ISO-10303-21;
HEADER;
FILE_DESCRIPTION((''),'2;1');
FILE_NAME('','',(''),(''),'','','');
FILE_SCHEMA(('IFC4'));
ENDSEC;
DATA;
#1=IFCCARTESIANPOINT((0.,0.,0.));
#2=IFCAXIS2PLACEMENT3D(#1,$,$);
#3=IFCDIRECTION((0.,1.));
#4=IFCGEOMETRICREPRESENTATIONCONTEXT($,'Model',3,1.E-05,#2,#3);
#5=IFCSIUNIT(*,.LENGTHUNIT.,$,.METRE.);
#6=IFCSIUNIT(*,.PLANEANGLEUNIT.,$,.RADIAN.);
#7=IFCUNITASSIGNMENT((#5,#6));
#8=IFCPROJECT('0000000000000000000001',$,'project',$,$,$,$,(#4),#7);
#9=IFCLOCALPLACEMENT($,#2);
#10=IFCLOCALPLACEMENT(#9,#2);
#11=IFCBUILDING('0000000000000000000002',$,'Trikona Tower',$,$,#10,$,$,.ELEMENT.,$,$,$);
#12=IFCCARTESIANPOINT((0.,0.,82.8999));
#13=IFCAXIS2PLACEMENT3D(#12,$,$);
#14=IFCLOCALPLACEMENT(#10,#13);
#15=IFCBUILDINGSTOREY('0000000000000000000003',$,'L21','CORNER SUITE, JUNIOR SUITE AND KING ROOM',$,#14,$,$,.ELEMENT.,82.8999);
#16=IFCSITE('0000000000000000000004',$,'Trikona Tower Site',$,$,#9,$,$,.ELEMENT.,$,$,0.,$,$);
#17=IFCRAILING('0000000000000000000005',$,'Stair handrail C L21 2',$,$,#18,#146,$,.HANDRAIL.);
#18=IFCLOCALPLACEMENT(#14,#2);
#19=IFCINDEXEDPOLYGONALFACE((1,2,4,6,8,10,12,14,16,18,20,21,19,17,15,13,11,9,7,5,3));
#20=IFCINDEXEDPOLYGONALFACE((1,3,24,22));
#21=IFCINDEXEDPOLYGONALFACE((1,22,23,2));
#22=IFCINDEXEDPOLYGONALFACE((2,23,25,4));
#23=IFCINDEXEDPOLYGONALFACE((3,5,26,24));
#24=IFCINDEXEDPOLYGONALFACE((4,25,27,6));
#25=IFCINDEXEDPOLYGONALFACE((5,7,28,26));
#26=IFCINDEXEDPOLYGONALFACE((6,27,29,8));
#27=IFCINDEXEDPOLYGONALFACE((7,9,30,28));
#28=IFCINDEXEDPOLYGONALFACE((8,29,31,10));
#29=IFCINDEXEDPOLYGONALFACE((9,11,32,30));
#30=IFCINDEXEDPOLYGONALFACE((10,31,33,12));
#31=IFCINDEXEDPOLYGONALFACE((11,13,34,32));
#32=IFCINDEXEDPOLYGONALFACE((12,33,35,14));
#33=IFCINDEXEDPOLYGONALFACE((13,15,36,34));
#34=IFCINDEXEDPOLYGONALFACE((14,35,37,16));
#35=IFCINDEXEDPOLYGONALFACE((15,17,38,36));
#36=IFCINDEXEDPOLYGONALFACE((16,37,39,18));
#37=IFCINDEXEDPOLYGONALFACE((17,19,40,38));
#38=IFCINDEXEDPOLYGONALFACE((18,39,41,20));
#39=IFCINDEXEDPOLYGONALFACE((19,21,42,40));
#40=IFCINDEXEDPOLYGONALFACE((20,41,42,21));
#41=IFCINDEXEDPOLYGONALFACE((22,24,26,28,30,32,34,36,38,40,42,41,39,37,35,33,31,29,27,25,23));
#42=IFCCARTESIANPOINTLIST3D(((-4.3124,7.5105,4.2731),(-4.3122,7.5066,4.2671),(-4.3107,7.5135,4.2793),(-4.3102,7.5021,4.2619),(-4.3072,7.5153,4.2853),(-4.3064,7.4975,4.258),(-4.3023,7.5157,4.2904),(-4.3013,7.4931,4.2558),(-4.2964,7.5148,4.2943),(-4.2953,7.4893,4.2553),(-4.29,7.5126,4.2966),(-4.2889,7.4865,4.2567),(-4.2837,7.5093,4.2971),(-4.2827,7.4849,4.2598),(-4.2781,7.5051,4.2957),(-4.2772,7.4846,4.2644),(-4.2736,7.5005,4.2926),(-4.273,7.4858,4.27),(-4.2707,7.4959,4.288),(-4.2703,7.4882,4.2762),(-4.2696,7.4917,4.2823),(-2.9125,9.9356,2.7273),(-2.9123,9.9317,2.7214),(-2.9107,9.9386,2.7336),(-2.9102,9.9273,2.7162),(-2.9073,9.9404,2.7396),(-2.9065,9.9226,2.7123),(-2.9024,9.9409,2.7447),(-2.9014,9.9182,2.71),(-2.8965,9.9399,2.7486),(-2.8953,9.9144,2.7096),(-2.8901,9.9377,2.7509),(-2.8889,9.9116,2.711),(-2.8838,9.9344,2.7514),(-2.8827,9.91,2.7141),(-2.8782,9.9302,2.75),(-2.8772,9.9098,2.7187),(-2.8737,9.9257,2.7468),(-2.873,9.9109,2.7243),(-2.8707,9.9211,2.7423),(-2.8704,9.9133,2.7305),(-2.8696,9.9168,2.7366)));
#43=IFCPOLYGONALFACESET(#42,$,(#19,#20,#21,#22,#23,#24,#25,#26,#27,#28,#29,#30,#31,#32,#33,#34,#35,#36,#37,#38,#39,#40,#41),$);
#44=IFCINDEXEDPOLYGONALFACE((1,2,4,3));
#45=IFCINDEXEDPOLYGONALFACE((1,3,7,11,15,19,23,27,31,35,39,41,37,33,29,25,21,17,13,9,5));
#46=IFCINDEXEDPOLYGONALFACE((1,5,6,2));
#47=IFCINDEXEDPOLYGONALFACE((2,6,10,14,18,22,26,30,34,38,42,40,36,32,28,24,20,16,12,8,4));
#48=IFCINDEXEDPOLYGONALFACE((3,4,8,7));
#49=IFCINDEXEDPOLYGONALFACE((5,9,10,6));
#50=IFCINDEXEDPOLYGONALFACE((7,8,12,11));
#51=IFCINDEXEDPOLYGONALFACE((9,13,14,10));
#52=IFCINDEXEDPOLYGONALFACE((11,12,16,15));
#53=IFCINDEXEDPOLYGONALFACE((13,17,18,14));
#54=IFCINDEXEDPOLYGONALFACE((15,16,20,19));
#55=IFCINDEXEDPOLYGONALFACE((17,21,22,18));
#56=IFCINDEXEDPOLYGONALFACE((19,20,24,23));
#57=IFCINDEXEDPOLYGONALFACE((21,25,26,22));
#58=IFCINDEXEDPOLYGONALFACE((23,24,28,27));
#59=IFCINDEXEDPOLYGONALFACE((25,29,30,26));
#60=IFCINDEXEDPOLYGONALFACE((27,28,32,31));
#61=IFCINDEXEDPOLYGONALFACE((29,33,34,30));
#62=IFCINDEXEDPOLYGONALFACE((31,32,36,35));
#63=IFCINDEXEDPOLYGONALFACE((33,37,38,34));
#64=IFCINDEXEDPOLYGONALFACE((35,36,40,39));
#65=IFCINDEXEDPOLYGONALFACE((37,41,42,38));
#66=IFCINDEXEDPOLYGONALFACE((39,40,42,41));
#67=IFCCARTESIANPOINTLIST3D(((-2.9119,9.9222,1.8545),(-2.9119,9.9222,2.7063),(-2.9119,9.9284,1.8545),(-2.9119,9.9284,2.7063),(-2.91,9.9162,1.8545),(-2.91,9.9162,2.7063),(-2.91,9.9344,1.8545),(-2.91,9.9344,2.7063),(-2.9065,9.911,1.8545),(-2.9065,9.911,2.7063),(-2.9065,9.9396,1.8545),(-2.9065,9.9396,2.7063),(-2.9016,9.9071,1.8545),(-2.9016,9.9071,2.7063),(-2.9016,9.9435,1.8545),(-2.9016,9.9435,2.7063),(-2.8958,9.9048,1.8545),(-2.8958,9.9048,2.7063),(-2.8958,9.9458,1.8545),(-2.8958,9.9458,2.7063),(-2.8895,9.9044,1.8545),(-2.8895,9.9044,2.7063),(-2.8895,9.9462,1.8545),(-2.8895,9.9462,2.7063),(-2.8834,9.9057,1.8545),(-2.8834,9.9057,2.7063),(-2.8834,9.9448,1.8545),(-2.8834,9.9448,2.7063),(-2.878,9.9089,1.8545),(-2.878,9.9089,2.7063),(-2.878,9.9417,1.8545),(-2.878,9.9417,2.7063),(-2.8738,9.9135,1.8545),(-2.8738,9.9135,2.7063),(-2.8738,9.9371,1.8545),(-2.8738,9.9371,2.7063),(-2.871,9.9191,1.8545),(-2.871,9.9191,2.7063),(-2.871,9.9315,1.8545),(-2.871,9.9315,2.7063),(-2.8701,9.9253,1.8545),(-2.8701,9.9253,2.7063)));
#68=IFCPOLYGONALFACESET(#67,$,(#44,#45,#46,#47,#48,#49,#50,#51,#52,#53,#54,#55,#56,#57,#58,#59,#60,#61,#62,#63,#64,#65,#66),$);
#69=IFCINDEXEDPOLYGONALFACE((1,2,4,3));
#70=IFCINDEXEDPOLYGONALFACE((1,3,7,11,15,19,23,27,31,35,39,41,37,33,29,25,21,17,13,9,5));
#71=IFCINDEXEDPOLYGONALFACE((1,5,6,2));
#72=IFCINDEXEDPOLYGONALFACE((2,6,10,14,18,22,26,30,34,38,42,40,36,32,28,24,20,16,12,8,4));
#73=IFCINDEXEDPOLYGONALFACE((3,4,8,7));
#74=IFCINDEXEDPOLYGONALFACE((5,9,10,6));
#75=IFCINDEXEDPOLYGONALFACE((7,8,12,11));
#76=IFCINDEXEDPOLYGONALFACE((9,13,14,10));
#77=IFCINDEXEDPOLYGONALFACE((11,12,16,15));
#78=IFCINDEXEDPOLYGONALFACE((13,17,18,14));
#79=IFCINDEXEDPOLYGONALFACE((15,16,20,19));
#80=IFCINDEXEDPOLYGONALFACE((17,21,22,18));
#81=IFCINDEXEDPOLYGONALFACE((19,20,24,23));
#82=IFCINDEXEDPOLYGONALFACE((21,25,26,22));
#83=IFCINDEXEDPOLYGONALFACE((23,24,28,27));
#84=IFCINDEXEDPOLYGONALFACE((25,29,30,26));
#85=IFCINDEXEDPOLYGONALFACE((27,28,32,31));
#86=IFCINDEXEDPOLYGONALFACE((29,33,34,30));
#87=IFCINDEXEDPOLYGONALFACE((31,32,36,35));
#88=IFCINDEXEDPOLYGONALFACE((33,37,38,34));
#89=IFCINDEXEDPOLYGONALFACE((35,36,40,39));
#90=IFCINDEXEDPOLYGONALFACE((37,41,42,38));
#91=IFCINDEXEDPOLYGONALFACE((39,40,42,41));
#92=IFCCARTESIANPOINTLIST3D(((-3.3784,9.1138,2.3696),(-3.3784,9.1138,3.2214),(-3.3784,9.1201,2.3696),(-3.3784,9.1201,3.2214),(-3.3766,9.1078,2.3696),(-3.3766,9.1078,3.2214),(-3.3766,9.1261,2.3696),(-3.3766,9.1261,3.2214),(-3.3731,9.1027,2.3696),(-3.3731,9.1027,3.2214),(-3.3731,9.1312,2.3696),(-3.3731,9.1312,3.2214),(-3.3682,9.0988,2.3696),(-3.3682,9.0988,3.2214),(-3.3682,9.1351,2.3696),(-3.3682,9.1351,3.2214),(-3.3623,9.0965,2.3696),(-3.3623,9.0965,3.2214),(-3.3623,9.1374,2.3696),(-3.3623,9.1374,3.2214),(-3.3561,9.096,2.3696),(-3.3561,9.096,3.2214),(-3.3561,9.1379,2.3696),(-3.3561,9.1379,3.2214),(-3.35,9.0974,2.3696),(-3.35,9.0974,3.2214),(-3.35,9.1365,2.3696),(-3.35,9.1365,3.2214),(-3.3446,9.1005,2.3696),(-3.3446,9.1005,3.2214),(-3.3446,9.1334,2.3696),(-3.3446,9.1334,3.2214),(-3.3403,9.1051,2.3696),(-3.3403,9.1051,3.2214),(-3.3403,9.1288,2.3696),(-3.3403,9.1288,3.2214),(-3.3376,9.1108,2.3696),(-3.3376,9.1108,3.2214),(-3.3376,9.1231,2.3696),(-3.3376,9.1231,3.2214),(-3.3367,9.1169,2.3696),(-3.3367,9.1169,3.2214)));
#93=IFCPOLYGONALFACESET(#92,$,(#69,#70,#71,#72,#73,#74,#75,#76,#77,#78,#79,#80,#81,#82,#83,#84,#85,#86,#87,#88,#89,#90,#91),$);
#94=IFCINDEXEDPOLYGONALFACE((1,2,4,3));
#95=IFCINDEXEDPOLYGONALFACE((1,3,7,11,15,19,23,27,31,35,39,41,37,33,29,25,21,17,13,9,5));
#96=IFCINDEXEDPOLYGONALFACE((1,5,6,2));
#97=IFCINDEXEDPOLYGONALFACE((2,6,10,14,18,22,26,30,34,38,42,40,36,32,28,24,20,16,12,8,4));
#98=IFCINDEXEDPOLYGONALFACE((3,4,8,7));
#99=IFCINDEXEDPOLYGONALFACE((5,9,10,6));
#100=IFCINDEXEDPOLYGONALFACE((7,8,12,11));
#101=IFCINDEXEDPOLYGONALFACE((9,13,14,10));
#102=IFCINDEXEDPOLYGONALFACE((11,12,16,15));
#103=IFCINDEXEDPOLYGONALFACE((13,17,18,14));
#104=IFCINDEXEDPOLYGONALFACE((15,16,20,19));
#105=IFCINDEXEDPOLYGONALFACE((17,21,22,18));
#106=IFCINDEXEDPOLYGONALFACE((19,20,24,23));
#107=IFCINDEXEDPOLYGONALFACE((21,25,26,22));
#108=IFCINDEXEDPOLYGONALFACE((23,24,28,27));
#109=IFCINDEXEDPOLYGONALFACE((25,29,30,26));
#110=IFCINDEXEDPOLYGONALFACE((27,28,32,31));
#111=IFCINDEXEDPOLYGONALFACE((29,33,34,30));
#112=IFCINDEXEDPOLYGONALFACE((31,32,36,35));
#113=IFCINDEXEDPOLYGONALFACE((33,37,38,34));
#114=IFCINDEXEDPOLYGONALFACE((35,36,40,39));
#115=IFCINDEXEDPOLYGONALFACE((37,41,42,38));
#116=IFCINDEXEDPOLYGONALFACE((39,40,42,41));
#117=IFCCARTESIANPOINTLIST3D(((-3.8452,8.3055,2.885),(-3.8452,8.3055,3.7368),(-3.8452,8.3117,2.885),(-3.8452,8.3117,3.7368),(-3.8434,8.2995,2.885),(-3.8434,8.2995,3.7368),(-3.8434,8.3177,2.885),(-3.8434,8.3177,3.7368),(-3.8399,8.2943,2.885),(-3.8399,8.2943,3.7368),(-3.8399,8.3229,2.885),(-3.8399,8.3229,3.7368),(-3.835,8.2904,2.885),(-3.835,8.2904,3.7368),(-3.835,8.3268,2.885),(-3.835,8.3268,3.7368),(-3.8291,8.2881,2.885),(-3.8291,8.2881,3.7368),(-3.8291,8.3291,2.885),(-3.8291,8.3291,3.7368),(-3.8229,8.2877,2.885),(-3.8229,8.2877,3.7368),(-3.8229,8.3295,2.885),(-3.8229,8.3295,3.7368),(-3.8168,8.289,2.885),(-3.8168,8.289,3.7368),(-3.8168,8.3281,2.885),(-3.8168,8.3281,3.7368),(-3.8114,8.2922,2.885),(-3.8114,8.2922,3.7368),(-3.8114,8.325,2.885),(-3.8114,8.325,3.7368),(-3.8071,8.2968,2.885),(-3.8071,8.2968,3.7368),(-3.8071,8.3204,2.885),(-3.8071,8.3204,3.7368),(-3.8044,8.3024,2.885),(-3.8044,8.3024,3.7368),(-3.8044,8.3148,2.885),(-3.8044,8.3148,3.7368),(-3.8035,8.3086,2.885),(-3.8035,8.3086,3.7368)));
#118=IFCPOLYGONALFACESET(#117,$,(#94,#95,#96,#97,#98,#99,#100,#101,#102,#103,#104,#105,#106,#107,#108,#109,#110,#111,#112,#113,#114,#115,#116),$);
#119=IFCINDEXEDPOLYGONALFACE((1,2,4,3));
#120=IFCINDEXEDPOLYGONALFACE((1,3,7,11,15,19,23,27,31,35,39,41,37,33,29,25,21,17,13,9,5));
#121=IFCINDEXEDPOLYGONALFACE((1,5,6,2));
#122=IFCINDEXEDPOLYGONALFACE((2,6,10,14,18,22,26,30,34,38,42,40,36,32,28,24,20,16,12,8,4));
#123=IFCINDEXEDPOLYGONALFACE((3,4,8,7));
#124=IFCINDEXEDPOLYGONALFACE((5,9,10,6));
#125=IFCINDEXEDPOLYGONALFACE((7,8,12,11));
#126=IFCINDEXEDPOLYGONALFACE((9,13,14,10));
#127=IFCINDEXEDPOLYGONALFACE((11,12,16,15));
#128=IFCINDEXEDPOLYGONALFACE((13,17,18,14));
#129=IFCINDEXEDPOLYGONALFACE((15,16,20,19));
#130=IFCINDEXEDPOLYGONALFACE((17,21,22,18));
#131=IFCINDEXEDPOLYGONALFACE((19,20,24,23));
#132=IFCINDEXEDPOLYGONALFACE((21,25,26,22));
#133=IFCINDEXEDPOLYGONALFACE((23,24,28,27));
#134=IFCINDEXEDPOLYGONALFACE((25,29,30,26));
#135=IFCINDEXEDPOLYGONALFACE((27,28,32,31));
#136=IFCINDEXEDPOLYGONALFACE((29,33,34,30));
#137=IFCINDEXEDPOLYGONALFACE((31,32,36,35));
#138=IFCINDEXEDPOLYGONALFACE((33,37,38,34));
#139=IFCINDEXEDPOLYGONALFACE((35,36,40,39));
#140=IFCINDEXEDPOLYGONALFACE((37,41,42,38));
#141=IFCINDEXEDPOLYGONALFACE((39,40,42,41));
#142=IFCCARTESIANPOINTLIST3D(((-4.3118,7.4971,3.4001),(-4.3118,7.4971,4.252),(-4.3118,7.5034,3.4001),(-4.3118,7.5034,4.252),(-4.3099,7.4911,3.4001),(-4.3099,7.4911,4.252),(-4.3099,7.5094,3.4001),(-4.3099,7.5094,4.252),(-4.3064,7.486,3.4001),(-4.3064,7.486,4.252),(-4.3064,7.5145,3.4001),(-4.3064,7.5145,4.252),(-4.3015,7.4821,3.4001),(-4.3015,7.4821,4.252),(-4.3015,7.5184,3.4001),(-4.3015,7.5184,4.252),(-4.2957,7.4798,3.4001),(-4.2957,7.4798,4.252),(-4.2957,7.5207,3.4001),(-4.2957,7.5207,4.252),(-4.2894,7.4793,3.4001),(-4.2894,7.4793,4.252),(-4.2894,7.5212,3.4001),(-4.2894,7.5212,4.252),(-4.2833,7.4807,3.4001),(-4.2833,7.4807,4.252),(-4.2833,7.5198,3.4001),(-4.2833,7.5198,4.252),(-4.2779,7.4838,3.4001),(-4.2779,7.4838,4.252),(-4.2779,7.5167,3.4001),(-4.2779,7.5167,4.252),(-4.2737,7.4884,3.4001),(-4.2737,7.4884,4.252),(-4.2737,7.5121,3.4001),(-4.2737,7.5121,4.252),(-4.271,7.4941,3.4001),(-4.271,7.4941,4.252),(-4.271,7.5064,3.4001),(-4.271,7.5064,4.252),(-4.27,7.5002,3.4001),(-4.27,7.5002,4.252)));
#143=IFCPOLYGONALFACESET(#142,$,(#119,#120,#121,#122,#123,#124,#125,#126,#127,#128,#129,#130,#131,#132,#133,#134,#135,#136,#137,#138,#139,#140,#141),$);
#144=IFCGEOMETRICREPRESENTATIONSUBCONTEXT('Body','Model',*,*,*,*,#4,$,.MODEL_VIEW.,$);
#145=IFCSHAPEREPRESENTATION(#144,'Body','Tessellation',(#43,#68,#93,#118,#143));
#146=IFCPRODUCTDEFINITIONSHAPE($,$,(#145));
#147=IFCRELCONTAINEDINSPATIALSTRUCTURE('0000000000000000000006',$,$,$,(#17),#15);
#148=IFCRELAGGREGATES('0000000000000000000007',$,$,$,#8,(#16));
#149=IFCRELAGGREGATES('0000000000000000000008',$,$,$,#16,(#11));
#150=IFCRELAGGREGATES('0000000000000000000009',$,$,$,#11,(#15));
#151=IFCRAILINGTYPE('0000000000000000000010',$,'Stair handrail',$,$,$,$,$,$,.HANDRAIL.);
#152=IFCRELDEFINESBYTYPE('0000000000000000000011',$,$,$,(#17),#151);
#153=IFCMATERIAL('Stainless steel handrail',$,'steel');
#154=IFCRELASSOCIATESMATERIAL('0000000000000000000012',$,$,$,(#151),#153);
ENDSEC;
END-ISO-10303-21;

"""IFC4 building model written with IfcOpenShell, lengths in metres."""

from ifc_helpers import new_model, si_unit, direction, frame, origin, origin_2d, place, context, subcontext, project, spatial, circle, extrude, material, type_object, element, save


model = new_model("IFC4")

# Units and contexts
model_context = context("Model", 3, precision=1e-05, world=origin(), true_north=direction((0.0, 1.0)))
body_context = subcontext(model_context, "Body", "Model", "MODEL_VIEW")
ifc_project = project(units=[si_unit("LENGTHUNIT", "METRE"), si_unit("PLANEANGLEUNIT", "RADIAN")], contexts=[model_context])

# Site, building, storey
site_placement = place(None, origin())
site = spatial("IfcSite", under=ifc_project, at=site_placement, Name="Trikona Tower Site", CompositionType="ELEMENT", RefElevation=0.0)
building_placement = place(site_placement, origin())
building = spatial("IfcBuilding", under=site, at=building_placement, Name="Trikona Tower", CompositionType="ELEMENT")
storey_placement = place(building_placement, frame((0.0, 0.0, 82.8999)))
storey = spatial("IfcBuildingStorey", under=building, at=storey_placement, Name="L21", Description="CORNER SUITE, JUNIOR SUITE AND KING ROOM", CompositionType="ELEMENT", Elevation=82.8999)

# Railing
ifc_material_1 = material(Name="Stainless steel handrail", Category="steel")
railing_type = type_object("IfcRailingType", Name="Stair handrail", PredefinedType="HANDRAIL", material=ifc_material_1)
railing_1_placement = place(storey_placement, frame((-2.8911, 9.9253, 1.8545)))
element("IfcRailing", 1, at=railing_1_placement, inside=storey, type_object=railing_type, Name="Stair handrail C L21 2", PredefinedType="HANDRAIL", context=body_context, shape_type="SweptSolid", body=[
    extrude(circle(Radius=0.0239, at=origin_2d()), frame((0.0, 0.0, 0.876), z_axis=(-0.437691, -0.758212, 0.483262), x_axis=(0.866056, -0.499946, 0.0)), (0.0, 0.0, 1.0), 3.1985),
    extrude(circle(Radius=0.021, at=origin_2d()), origin(), (0.0, 0.0, 1.0), 0.8518),
    extrude(circle(Radius=0.021, at=origin_2d()), frame((-0.4666, -0.8083, 0.5151)), (0.0, 0.0, 1.0), 0.8518),
    extrude(circle(Radius=0.021, at=origin_2d()), frame((-0.9333, -1.6167, 1.0305)), (0.0, 0.0, 1.0), 0.8518),
    extrude(circle(Radius=0.021, at=origin_2d()), frame((-1.3999, -2.425, 1.5457)), (0.0, 0.0, 1.0), 0.8518),
])

save(model, "model.ifc")
